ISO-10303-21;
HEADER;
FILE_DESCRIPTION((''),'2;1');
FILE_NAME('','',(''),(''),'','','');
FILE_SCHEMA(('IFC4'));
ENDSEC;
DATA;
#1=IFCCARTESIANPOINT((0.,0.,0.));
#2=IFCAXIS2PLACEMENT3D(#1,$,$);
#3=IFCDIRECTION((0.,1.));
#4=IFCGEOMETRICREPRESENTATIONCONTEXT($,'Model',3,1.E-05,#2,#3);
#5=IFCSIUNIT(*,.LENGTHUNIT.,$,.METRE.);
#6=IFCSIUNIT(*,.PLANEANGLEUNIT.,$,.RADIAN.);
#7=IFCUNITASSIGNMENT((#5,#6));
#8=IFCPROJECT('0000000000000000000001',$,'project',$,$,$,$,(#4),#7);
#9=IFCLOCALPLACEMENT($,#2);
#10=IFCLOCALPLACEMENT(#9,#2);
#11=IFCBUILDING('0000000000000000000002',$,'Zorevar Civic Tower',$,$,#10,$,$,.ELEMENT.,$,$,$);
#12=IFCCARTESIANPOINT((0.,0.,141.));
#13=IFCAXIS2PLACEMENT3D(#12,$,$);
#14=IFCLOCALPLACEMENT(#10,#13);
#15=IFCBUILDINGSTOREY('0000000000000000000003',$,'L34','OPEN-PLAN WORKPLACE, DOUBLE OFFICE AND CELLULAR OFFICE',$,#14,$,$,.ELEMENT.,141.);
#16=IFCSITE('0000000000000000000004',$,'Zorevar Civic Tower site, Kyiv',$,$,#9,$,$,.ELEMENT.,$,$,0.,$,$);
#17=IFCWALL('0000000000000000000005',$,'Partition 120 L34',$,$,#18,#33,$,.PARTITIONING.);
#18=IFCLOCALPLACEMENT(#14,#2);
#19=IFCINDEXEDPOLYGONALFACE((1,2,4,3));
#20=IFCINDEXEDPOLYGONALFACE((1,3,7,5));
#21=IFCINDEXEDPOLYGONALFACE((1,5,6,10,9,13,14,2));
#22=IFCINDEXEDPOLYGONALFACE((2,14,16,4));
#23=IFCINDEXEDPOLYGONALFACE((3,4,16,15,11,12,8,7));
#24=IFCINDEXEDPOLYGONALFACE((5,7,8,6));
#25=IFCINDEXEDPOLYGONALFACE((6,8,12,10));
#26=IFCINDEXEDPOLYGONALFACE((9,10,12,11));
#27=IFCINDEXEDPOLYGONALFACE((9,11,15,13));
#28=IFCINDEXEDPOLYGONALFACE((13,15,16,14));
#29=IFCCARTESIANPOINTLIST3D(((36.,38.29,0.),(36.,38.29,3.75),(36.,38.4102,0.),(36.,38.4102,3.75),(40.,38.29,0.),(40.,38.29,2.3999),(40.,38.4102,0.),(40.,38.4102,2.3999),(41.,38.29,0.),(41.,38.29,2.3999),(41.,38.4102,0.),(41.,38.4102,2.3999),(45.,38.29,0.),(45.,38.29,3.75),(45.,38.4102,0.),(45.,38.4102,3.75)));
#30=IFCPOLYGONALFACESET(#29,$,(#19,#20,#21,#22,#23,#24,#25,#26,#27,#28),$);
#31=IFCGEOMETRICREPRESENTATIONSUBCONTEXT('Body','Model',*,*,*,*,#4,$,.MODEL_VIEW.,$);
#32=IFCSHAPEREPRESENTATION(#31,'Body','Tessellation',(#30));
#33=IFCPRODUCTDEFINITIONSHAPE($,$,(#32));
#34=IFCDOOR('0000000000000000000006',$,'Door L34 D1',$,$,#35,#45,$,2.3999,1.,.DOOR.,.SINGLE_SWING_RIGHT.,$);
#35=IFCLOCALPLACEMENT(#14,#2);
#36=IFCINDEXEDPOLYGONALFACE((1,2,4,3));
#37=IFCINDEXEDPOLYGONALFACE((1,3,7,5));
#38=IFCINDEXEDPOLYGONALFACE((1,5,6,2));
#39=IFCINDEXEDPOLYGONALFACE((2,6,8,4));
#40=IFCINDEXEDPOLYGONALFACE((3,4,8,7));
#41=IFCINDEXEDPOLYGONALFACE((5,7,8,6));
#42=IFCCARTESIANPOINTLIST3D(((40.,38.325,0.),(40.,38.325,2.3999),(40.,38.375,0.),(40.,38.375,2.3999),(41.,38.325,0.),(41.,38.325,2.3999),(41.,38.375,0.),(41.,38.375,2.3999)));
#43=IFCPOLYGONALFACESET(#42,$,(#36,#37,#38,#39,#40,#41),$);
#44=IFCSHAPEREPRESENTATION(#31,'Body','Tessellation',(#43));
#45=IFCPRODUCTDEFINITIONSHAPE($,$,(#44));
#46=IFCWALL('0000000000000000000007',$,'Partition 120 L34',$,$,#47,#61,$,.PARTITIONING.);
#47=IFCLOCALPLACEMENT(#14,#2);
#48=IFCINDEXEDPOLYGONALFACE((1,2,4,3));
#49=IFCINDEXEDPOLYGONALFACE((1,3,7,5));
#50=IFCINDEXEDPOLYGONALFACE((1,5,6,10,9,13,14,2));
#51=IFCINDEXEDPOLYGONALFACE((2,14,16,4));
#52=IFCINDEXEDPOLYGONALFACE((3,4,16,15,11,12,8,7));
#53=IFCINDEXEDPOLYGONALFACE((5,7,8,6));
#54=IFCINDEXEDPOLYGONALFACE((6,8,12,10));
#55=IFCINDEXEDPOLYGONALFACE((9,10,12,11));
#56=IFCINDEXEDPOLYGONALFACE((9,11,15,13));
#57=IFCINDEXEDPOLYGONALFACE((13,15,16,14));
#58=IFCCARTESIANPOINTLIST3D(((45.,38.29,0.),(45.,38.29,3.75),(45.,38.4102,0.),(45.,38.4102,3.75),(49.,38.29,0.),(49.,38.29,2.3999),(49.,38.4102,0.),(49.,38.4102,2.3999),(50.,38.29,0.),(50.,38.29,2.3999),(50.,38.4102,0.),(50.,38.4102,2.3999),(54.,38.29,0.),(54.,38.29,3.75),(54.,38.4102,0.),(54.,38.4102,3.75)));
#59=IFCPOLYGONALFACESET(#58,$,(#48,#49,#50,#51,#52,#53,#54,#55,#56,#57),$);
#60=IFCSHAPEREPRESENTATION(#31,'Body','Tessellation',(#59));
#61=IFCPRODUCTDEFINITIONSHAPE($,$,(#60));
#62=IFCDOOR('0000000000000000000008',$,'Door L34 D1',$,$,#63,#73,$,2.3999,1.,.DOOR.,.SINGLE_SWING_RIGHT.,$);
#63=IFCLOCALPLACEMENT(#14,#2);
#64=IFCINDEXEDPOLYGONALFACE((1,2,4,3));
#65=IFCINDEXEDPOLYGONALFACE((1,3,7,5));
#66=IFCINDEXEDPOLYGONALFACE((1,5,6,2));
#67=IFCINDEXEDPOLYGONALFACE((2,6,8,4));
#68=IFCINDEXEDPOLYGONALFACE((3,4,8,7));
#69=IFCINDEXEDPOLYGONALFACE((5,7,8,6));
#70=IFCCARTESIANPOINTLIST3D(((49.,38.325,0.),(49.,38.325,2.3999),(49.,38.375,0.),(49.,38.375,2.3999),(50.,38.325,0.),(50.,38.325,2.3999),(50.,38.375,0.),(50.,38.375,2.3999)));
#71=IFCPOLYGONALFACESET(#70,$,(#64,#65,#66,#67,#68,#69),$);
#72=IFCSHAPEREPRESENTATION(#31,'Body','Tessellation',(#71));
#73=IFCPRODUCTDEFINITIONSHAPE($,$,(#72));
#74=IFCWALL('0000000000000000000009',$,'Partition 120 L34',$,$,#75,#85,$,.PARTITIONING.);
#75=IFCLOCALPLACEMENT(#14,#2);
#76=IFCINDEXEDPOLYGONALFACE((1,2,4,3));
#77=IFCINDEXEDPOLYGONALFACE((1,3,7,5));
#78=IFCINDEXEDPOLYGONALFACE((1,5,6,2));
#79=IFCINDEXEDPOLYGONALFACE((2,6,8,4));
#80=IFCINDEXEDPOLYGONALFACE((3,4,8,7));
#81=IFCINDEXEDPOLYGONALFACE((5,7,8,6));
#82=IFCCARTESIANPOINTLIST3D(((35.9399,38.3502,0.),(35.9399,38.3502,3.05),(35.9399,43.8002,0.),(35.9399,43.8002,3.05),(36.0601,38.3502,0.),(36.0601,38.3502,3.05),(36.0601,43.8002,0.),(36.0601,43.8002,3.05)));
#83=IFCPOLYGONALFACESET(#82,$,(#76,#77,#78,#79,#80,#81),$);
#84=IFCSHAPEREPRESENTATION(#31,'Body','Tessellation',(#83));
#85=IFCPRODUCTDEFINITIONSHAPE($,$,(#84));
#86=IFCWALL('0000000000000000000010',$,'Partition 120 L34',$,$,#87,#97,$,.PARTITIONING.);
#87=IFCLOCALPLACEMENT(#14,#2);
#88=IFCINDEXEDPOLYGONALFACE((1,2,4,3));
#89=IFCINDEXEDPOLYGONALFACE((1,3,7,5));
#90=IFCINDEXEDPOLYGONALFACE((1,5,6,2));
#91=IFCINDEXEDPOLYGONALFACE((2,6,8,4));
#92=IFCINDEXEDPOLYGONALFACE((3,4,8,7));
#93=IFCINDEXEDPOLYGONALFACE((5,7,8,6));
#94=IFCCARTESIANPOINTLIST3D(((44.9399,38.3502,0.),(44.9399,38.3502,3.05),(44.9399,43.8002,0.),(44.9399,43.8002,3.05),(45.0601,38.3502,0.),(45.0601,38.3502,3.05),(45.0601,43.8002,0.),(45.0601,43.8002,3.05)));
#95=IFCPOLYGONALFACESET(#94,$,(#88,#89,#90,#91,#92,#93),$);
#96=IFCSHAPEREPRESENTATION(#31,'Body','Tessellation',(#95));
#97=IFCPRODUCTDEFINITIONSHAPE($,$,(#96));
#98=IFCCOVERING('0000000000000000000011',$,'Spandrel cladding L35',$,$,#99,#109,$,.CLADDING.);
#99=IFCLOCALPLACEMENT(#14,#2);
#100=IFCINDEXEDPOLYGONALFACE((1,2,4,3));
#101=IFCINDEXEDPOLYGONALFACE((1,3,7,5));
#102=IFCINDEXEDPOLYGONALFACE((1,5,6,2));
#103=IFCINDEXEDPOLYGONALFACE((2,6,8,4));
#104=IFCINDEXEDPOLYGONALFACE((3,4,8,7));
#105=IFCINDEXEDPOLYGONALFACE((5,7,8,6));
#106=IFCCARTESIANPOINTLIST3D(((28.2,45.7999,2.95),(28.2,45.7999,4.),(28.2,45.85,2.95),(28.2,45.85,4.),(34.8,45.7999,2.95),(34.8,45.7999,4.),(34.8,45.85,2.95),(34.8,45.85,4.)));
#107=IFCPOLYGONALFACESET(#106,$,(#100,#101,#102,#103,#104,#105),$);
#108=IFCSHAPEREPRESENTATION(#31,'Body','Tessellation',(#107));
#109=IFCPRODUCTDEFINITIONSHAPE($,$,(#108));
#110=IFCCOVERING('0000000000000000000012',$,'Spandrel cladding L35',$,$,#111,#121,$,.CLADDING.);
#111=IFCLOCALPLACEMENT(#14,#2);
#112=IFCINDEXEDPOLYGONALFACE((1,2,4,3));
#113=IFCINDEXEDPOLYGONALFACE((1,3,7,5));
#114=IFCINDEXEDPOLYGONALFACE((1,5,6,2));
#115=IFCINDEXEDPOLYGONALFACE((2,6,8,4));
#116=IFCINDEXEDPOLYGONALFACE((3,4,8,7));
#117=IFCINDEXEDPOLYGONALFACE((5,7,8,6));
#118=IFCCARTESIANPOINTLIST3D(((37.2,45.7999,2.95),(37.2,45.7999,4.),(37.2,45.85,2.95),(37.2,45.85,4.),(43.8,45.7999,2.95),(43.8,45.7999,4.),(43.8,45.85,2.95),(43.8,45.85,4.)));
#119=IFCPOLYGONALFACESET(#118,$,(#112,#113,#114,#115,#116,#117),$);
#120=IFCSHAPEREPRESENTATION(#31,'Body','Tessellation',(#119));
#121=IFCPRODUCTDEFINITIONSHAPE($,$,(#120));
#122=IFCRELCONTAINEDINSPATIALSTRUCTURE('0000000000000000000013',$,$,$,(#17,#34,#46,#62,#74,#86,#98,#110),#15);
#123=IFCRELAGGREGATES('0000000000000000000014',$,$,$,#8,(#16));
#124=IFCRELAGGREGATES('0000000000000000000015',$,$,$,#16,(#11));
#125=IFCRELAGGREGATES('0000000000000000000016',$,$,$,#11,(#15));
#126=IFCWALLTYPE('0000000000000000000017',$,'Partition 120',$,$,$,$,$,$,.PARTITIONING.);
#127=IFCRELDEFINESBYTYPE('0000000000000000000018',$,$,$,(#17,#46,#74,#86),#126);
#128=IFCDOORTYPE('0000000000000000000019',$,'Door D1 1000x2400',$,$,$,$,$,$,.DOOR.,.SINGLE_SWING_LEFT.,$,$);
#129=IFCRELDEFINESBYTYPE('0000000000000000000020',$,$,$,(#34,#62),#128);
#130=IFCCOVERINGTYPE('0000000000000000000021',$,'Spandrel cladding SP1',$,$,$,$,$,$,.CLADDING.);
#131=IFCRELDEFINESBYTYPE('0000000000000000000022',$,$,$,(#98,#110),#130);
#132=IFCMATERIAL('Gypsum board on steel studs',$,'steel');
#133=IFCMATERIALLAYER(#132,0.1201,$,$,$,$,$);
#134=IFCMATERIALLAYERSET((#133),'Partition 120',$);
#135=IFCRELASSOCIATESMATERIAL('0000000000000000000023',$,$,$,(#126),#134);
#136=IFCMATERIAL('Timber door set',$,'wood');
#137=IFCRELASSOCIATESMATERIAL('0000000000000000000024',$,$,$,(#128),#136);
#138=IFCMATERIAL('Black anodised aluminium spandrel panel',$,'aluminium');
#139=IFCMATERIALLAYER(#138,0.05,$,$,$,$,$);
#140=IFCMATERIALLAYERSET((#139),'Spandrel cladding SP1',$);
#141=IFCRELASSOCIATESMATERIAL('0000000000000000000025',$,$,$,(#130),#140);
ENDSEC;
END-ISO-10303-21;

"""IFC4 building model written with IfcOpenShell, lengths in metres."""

from ifc_helpers import new_model, si_unit, direction, frame, frame_2d, origin, place, context, subcontext, project, spatial, rectangle, extrude, material, layer, layer_set, type_object, element, fill, save


model = new_model("IFC4")

# Units and contexts
model_context = context("Model", 3, precision=1e-05, world=origin(), true_north=direction((0.0, 1.0)))
body_context = subcontext(model_context, "Body", "Model", "MODEL_VIEW")
ifc_project = project(units=[si_unit("LENGTHUNIT", "METRE"), si_unit("PLANEANGLEUNIT", "RADIAN")], contexts=[model_context])

# Site, building, storey
site_placement = place(None, origin())
site = spatial("IfcSite", under=ifc_project, at=site_placement, Name="Zorevar Civic Tower site, Kyiv", CompositionType="ELEMENT", RefElevation=0.0)
building_placement = place(site_placement, origin())
building = spatial("IfcBuilding", under=site, at=building_placement, Name="Zorevar Civic Tower", CompositionType="ELEMENT")
storey_placement = place(building_placement, frame((0.0, 0.0, 141.0)))
storey = spatial("IfcBuildingStorey", under=building, at=storey_placement, Name="L34", Description="OPEN-PLAN WORKPLACE, DOUBLE OFFICE AND CELLULAR OFFICE", CompositionType="ELEMENT", Elevation=141.0)

# Walls, openings, doors
ifc_material_1 = material(Name="Gypsum board on steel studs", Category="steel")
ifc_layer_1 = layer(ifc_material_1, 0.1201)
ifc_layer_set_1 = layer_set([ifc_layer_1], Name="Partition 120")
wall_type = type_object("IfcWallType", Name="Partition 120", PredefinedType="PARTITIONING", material=ifc_layer_set_1)
wall_1_placement = place(storey_placement, frame((36.0, 38.3501, 0.0), z_axis=(0.0, 0.0, 1.0), x_axis=(1.0, 0.0, 0.0)))
wall_1 = element("IfcWall", 1, at=wall_1_placement, inside=storey, type_object=wall_type, Name="Partition 120 L34", PredefinedType="PARTITIONING", context=body_context, shape_type="SweptSolid", body=[
    extrude(rectangle(XDim=9.0, YDim=0.1201, at=frame_2d((4.5, 0.0))), origin(), (0.0, 0.0, 1.0), 3.75),
])
opening_1_placement = place(wall_1_placement, frame((4.0, 0.0, 0.0)))
opening_1 = element("IfcOpeningElement", 2, at=opening_1_placement, cuts=wall_1, PredefinedType="OPENING", context=body_context, shape_type="SweptSolid", body=[
    extrude(rectangle(XDim=1.0, YDim=2.3999, at=frame_2d((0.5, 1.2))), frame((0.0, 0.0701, 0.0), z_axis=(0.0, -1.0, 0.0), x_axis=(1.0, 0.0, 0.0)), (0.0, 0.0, 1.0), 0.1401),
])
ifc_material_2 = material(Name="Timber door set", Category="wood")
door_type = type_object("IfcDoorType", Name="Door D1 1000x2400", OperationType="SINGLE_SWING_LEFT", PredefinedType="DOOR", material=ifc_material_2)
door_1_placement = place(opening_1_placement, origin())
door_1 = element("IfcDoor", 3, at=door_1_placement, inside=storey, type_object=door_type, Name="Door L34 D1", OperationType="SINGLE_SWING_RIGHT", OverallHeight=2.3999, OverallWidth=1.0, PredefinedType="DOOR", context=body_context, shape_type="SweptSolid", body=[
    extrude(rectangle(XDim=1.0, YDim=2.3999, at=frame_2d((0.5, 1.2))), frame((0.0, 0.0249, 0.0), z_axis=(0.0, -1.0, 0.0), x_axis=(1.0, 0.0, 0.0)), (0.0, 0.0, 1.0), 0.05),
])
fill(opening_1, door_1)
wall_2_placement = place(storey_placement, frame((45.0, 38.3501, 0.0), z_axis=(0.0, 0.0, 1.0), x_axis=(1.0, 0.0, 0.0)))
wall_2 = element("IfcWall", 4, at=wall_2_placement, inside=storey, type_object=wall_type, Name="Partition 120 L34", PredefinedType="PARTITIONING", context=body_context, shape_type="SweptSolid", body=[
    extrude(rectangle(XDim=9.0, YDim=0.1201, at=frame_2d((4.5, 0.0))), origin(), (0.0, 0.0, 1.0), 3.75),
])
opening_2_placement = place(wall_2_placement, frame((4.0, 0.0, 0.0)))
opening_2 = element("IfcOpeningElement", 5, at=opening_2_placement, cuts=wall_2, PredefinedType="OPENING", context=body_context, shape_type="SweptSolid", body=[
    extrude(rectangle(XDim=1.0, YDim=2.3999, at=frame_2d((0.5, 1.2))), frame((0.0, 0.0701, 0.0), z_axis=(0.0, -1.0, 0.0), x_axis=(1.0, 0.0, 0.0)), (0.0, 0.0, 1.0), 0.1401),
])
door_2_placement = place(opening_2_placement, origin())
door_2 = element("IfcDoor", 6, at=door_2_placement, inside=storey, type_object=door_type, Name="Door L34 D1", OperationType="SINGLE_SWING_RIGHT", OverallHeight=2.3999, OverallWidth=1.0, PredefinedType="DOOR", context=body_context, shape_type="SweptSolid", body=[
    extrude(rectangle(XDim=1.0, YDim=2.3999, at=frame_2d((0.5, 1.2))), frame((0.0, 0.0249, 0.0), z_axis=(0.0, -1.0, 0.0), x_axis=(1.0, 0.0, 0.0)), (0.0, 0.0, 1.0), 0.05),
])
fill(opening_2, door_2)

# Walls
for number, where, z_axis, x_axis, name in (
    (7, (36.0, 38.3501, 0.0), (0.0, 0.0, 1.0), (0.0, 1.0, 0.0), "Partition 120 L34"),
    (8, (45.0, 38.3501, 0.0), (0.0, 0.0, 1.0), (0.0, 1.0, 0.0), "Partition 120 L34"),
):
    element("IfcWall", number, at=place(storey_placement, frame(where, z_axis=z_axis, x_axis=x_axis)), inside=storey, type_object=wall_type, Name=name, PredefinedType="PARTITIONING", context=body_context, shape_type="SweptSolid", body=[
        extrude(rectangle(XDim=5.45, YDim=0.1201, at=frame_2d((2.7251, 0.0))), origin(), (0.0, 0.0, 1.0), 3.05),
    ])

# Coverings
ifc_material_3 = material(Name="Black anodised aluminium spandrel panel", Category="aluminium")
ifc_layer_2 = layer(ifc_material_3, 0.05)
ifc_layer_set_2 = layer_set([ifc_layer_2], Name="Spandrel cladding SP1")
covering_type = type_object("IfcCoveringType", Name="Spandrel cladding SP1", PredefinedType="CLADDING", material=ifc_layer_set_2)
for number, where, z_axis, x_axis, name in (
    (9, (28.2, 45.825, 2.95), (0.0, 0.0, 1.0), (1.0, 0.0, 0.0), "Spandrel cladding L35"),
    (10, (37.2, 45.825, 2.95), (0.0, 0.0, 1.0), (1.0, 0.0, 0.0), "Spandrel cladding L35"),
):
    element("IfcCovering", number, at=place(storey_placement, frame(where, z_axis=z_axis, x_axis=x_axis)), inside=storey, type_object=covering_type, Name=name, PredefinedType="CLADDING", context=body_context, shape_type="SweptSolid", body=[
        extrude(rectangle(XDim=6.6001, YDim=0.05, at=frame_2d((3.3, 0.0))), origin(), (0.0, 0.0, 1.0), 1.05),
    ])

save(model, "model.ifc")
